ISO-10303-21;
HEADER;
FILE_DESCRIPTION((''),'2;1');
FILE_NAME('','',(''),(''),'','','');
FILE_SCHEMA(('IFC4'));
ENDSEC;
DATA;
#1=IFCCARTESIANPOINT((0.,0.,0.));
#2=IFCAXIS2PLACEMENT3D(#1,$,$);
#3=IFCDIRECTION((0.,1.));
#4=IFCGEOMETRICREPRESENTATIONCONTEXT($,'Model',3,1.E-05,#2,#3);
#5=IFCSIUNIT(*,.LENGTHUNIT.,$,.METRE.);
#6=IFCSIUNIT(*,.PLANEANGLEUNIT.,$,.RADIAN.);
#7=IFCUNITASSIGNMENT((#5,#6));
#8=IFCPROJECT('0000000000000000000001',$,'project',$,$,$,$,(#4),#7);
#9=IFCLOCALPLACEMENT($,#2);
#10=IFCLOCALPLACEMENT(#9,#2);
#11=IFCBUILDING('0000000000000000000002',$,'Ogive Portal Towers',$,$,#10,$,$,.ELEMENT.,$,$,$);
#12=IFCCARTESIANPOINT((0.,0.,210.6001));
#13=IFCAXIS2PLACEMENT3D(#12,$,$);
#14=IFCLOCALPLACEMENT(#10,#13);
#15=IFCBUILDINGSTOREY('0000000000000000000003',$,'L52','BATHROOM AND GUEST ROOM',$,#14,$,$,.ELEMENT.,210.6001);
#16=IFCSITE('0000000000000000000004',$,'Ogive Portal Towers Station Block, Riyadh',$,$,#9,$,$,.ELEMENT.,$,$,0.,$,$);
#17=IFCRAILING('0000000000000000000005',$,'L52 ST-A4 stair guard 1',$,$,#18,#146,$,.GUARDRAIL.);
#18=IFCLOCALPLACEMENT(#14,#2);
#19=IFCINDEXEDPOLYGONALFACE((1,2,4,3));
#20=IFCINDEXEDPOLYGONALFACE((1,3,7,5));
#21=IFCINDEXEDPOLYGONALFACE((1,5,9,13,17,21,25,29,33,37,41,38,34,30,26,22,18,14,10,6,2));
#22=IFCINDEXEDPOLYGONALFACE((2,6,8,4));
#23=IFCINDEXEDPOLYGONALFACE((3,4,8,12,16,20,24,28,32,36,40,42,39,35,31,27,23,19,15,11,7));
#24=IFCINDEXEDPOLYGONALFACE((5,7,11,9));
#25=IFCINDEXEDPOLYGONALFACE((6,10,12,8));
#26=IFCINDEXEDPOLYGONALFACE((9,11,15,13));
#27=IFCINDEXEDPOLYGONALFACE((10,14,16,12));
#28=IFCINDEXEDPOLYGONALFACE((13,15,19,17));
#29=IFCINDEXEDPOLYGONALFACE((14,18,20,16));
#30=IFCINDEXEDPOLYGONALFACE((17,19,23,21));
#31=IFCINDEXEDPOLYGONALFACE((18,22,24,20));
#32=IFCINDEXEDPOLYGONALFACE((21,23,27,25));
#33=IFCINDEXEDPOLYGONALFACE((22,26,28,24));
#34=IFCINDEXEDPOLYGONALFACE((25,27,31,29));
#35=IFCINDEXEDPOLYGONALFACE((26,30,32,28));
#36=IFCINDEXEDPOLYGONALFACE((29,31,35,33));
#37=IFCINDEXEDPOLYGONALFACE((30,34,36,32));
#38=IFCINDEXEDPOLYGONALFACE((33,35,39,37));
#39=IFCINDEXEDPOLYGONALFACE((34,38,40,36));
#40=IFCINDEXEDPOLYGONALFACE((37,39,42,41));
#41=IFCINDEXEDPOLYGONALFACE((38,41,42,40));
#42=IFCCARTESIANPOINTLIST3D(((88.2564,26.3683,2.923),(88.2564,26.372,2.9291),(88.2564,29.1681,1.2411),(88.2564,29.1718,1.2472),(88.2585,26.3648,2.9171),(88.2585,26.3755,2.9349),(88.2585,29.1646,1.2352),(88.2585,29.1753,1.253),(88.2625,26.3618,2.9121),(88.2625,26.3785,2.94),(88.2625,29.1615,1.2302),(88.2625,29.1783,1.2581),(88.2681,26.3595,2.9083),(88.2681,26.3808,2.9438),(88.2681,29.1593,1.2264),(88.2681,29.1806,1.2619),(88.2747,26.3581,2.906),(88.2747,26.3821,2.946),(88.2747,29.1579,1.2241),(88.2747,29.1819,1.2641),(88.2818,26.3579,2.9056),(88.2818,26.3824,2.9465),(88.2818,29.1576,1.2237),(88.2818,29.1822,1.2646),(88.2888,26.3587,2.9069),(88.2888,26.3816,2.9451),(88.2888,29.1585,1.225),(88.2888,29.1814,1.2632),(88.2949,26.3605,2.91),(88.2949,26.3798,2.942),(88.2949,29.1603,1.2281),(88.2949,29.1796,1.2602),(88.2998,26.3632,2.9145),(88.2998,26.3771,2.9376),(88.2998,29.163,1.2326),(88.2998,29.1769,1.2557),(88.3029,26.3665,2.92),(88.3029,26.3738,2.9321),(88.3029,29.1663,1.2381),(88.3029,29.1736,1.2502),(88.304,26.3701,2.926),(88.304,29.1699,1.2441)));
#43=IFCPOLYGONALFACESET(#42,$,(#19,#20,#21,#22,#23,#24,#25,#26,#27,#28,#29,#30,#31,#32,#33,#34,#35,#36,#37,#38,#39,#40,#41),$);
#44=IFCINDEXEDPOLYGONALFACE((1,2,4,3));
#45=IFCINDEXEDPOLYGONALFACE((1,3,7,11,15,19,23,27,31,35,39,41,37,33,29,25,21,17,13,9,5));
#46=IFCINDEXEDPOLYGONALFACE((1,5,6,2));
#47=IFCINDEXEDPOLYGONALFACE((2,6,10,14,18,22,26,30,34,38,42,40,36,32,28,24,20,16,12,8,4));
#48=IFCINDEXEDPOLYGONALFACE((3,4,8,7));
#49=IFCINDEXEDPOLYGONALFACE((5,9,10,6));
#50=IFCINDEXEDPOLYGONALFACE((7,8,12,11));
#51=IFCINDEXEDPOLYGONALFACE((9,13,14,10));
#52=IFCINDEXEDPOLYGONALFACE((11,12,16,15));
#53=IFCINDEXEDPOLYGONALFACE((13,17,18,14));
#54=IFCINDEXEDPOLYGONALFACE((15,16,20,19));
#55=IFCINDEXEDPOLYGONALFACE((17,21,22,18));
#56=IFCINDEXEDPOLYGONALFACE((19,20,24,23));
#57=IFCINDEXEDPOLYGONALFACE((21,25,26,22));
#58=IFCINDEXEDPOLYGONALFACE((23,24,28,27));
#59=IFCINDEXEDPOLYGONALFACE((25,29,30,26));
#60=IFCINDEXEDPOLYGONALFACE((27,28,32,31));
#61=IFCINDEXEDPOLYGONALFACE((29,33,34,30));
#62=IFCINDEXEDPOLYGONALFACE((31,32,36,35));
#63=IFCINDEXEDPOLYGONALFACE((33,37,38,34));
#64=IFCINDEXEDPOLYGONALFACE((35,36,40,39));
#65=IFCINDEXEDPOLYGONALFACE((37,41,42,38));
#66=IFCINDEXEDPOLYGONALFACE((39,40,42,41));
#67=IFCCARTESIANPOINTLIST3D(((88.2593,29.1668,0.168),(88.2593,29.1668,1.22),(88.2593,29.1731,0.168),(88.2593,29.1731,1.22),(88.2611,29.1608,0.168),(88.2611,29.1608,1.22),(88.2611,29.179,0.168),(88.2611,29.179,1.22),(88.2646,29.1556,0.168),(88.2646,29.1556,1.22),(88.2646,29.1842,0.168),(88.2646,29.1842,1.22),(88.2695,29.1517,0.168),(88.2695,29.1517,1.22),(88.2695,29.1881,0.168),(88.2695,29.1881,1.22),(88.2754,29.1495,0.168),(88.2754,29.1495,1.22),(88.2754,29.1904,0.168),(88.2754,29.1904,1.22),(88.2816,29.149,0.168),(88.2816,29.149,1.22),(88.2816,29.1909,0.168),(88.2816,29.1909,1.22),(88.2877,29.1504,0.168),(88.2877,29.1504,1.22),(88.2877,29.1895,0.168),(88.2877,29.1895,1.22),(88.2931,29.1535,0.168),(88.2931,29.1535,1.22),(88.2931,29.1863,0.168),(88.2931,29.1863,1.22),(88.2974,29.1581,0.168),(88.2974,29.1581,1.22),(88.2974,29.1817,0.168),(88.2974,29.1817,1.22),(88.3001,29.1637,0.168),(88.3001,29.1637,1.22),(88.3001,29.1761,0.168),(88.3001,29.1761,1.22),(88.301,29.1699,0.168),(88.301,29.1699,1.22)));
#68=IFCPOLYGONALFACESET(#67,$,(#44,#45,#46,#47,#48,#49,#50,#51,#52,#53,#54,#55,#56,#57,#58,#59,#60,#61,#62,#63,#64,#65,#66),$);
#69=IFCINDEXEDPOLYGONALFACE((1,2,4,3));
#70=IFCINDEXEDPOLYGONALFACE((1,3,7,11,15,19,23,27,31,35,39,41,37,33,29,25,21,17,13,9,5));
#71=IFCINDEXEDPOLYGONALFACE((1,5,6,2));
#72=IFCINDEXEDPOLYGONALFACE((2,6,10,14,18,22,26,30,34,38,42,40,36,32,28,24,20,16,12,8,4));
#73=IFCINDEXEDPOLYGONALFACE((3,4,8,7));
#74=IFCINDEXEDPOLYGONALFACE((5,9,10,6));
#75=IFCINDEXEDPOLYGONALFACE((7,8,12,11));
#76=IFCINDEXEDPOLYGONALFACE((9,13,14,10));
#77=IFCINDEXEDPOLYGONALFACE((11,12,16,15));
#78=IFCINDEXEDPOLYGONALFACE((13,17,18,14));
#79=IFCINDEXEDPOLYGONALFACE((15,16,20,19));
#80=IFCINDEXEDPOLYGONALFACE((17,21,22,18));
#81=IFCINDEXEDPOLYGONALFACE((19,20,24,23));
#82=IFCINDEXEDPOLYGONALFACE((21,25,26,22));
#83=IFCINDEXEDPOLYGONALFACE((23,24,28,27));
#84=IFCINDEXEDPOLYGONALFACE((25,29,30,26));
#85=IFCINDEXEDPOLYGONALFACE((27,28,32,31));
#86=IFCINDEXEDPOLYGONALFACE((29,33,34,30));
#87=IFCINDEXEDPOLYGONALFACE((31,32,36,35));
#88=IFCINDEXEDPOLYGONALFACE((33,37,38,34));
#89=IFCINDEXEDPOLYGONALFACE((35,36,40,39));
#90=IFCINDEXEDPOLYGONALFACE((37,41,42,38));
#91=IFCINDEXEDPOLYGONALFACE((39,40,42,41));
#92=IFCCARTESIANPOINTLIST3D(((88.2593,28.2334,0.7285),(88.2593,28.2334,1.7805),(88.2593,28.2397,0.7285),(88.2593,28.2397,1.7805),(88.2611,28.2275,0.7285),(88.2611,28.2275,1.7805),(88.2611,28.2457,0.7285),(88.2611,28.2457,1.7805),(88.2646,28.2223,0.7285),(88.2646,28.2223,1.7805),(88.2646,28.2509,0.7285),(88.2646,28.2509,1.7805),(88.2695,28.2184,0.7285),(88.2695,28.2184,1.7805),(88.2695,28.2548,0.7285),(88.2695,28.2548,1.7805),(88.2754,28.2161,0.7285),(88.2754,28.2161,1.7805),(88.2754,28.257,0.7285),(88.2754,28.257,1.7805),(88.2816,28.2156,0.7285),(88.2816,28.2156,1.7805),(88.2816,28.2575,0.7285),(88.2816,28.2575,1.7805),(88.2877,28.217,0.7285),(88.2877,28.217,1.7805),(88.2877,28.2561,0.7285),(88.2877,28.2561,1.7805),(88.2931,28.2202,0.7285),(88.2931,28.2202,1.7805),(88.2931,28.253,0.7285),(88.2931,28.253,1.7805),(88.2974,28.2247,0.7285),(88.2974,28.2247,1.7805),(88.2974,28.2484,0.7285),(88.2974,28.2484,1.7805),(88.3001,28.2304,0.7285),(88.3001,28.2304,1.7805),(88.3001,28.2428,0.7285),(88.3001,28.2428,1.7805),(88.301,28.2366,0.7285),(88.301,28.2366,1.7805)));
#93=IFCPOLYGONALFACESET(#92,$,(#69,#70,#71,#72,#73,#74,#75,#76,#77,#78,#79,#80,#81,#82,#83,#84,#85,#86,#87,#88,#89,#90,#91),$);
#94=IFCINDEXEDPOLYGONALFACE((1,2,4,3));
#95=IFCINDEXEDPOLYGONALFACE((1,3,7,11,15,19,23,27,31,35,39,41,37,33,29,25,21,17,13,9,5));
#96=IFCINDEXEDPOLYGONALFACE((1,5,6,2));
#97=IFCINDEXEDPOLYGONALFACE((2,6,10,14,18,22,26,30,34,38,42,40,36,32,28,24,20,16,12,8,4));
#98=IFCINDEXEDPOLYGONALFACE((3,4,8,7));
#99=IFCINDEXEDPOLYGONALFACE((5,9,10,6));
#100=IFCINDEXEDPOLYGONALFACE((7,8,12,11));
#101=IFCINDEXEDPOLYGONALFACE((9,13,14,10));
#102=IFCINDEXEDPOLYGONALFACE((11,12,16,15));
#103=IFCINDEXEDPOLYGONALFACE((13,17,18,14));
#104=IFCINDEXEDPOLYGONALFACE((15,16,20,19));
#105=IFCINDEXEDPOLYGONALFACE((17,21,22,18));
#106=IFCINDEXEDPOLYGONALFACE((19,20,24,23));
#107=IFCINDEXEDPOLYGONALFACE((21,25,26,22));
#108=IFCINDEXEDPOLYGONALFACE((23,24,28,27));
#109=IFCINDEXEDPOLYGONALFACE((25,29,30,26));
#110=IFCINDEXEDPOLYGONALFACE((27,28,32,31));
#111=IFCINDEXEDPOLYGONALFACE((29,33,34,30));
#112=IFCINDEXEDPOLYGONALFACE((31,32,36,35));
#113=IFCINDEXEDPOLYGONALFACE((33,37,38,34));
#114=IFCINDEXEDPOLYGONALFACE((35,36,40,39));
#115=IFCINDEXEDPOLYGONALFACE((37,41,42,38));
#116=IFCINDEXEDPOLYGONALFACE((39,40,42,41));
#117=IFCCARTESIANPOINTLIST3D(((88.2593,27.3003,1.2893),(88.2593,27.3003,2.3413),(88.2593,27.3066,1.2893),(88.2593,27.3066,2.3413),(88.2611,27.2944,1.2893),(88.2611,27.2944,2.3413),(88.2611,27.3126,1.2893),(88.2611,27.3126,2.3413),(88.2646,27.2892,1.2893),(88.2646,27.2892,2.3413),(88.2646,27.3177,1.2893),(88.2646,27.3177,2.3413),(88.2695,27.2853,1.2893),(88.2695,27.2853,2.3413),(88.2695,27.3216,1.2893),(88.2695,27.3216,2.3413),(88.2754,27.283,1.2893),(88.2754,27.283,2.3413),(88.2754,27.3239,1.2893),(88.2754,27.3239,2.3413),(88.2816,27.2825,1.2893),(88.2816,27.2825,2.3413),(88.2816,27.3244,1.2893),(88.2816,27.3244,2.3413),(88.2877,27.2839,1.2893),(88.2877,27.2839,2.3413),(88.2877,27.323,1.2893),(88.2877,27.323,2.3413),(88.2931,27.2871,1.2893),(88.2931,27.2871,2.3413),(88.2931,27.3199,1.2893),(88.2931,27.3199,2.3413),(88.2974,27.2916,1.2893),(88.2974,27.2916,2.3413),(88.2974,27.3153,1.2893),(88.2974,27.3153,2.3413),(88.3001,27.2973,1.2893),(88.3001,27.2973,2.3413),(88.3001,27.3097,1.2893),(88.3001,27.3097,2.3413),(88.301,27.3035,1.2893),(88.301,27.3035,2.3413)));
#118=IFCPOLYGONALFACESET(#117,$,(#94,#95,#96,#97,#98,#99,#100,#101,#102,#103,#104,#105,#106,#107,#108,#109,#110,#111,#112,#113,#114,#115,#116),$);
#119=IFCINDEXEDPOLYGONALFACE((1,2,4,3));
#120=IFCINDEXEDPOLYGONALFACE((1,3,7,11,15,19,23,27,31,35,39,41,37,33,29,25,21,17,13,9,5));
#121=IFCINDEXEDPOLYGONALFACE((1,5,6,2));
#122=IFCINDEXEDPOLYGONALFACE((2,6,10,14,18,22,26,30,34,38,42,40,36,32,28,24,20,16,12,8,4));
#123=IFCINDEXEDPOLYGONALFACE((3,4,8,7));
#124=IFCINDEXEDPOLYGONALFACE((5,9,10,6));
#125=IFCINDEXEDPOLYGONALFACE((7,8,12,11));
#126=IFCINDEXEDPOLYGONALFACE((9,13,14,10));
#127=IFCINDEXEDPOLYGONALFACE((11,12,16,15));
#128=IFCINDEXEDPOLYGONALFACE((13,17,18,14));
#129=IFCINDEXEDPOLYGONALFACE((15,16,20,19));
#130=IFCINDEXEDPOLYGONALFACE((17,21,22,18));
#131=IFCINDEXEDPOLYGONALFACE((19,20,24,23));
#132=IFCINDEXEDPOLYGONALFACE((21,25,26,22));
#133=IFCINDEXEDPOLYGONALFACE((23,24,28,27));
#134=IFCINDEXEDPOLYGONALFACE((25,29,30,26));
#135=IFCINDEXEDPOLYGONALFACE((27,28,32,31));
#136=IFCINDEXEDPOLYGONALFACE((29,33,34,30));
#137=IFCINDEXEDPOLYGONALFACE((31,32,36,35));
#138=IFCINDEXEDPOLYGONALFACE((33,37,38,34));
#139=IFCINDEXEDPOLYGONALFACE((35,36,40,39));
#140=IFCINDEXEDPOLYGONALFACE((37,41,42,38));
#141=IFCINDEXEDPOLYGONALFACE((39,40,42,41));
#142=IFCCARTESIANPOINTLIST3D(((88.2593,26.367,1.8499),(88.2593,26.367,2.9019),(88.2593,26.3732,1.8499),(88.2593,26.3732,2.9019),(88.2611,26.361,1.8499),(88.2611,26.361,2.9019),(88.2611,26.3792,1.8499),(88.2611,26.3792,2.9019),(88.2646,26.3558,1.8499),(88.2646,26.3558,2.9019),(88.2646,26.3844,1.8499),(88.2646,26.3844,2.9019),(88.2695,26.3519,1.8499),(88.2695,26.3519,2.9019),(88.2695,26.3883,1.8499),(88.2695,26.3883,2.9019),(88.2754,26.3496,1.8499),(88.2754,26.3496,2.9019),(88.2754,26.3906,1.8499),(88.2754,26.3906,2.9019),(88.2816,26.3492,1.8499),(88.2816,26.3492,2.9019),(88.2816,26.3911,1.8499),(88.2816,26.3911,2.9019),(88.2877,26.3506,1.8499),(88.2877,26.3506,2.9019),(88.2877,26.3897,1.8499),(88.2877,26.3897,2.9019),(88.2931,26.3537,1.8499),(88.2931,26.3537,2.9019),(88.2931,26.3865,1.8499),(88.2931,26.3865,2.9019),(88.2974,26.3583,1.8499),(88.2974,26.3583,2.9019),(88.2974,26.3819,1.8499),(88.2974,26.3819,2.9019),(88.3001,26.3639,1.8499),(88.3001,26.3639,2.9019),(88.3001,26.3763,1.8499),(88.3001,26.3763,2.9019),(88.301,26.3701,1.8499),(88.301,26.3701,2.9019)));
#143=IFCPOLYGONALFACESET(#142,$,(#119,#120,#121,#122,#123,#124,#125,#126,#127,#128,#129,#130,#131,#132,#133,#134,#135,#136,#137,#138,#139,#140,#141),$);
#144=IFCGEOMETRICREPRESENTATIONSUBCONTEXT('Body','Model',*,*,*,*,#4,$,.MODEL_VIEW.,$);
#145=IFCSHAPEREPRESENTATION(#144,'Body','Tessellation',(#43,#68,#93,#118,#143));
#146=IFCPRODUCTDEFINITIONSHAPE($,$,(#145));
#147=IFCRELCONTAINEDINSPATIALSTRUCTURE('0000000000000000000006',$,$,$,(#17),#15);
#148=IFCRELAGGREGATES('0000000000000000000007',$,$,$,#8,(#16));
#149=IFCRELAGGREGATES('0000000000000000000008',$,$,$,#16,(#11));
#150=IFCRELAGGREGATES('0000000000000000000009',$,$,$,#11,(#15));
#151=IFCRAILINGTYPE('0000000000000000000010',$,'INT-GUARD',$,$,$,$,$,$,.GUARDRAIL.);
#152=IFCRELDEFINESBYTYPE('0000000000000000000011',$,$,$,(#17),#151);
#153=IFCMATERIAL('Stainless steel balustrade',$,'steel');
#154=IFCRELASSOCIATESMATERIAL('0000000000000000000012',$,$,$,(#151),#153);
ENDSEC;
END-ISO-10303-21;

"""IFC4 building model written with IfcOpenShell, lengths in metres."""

from ifc_helpers import new_model, si_unit, direction, frame, origin, origin_2d, place, context, subcontext, project, spatial, circle, extrude, material, type_object, element, save


model = new_model("IFC4")

# Units and contexts
model_context = context("Model", 3, precision=1e-05, world=origin(), true_north=direction((0.0, 1.0)))
body_context = subcontext(model_context, "Body", "Model", "MODEL_VIEW")
ifc_project = project(units=[si_unit("LENGTHUNIT", "METRE"), si_unit("PLANEANGLEUNIT", "RADIAN")], contexts=[model_context])

# Site, building, storey
site_placement = place(None, origin())
site = spatial("IfcSite", under=ifc_project, at=site_placement, Name="Ogive Portal Towers Station Block, Riyadh", CompositionType="ELEMENT", RefElevation=0.0)
building_placement = place(site_placement, origin())
building = spatial("IfcBuilding", under=site, at=building_placement, Name="Ogive Portal Towers", CompositionType="ELEMENT")
storey_placement = place(building_placement, frame((0.0, 0.0, 210.6001)))
storey = spatial("IfcBuildingStorey", under=building, at=storey_placement, Name="L52", Description="BATHROOM AND GUEST ROOM", CompositionType="ELEMENT", Elevation=210.6001)

# Railing
ifc_material_1 = material(Name="Stainless steel balustrade", Category="steel")
railing_type_1 = type_object("IfcRailingType", Name="INT-GUARD", PredefinedType="GUARDRAIL", material=ifc_material_1)
railing_1_placement = place(storey_placement, frame((88.28, 29.1699, 0.168)))
element("IfcRailing", 1, at=railing_1_placement, inside=storey, type_object=railing_type_1, Name="L52 ST-A4 stair guard 1", PredefinedType="GUARDRAIL", context=body_context, shape_type="SweptSolid", body=[
    extrude(circle(Radius=0.0239, at=origin_2d()), frame((0.0, 0.0, 1.0762), z_axis=(0.0, -0.857222, 0.514946), x_axis=(1.0, 0.0, 0.0)), (0.0, 0.0, 1.0), 3.2661),
    extrude(circle(Radius=0.021, at=origin_2d()), origin(), (0.0, 0.0, 1.0), 1.052),
    extrude(circle(Radius=0.021, at=origin_2d()), frame((0.0, -0.9333, 0.5605)), (0.0, 0.0, 1.0), 1.052),
    extrude(circle(Radius=0.021, at=origin_2d()), frame((0.0, -1.8665, 1.1213)), (0.0, 0.0, 1.0), 1.052),
    extrude(circle(Radius=0.021, at=origin_2d()), frame((0.0, -2.7998, 1.6819)), (0.0, 0.0, 1.0), 1.052),
])

save(model, "model.ifc")
